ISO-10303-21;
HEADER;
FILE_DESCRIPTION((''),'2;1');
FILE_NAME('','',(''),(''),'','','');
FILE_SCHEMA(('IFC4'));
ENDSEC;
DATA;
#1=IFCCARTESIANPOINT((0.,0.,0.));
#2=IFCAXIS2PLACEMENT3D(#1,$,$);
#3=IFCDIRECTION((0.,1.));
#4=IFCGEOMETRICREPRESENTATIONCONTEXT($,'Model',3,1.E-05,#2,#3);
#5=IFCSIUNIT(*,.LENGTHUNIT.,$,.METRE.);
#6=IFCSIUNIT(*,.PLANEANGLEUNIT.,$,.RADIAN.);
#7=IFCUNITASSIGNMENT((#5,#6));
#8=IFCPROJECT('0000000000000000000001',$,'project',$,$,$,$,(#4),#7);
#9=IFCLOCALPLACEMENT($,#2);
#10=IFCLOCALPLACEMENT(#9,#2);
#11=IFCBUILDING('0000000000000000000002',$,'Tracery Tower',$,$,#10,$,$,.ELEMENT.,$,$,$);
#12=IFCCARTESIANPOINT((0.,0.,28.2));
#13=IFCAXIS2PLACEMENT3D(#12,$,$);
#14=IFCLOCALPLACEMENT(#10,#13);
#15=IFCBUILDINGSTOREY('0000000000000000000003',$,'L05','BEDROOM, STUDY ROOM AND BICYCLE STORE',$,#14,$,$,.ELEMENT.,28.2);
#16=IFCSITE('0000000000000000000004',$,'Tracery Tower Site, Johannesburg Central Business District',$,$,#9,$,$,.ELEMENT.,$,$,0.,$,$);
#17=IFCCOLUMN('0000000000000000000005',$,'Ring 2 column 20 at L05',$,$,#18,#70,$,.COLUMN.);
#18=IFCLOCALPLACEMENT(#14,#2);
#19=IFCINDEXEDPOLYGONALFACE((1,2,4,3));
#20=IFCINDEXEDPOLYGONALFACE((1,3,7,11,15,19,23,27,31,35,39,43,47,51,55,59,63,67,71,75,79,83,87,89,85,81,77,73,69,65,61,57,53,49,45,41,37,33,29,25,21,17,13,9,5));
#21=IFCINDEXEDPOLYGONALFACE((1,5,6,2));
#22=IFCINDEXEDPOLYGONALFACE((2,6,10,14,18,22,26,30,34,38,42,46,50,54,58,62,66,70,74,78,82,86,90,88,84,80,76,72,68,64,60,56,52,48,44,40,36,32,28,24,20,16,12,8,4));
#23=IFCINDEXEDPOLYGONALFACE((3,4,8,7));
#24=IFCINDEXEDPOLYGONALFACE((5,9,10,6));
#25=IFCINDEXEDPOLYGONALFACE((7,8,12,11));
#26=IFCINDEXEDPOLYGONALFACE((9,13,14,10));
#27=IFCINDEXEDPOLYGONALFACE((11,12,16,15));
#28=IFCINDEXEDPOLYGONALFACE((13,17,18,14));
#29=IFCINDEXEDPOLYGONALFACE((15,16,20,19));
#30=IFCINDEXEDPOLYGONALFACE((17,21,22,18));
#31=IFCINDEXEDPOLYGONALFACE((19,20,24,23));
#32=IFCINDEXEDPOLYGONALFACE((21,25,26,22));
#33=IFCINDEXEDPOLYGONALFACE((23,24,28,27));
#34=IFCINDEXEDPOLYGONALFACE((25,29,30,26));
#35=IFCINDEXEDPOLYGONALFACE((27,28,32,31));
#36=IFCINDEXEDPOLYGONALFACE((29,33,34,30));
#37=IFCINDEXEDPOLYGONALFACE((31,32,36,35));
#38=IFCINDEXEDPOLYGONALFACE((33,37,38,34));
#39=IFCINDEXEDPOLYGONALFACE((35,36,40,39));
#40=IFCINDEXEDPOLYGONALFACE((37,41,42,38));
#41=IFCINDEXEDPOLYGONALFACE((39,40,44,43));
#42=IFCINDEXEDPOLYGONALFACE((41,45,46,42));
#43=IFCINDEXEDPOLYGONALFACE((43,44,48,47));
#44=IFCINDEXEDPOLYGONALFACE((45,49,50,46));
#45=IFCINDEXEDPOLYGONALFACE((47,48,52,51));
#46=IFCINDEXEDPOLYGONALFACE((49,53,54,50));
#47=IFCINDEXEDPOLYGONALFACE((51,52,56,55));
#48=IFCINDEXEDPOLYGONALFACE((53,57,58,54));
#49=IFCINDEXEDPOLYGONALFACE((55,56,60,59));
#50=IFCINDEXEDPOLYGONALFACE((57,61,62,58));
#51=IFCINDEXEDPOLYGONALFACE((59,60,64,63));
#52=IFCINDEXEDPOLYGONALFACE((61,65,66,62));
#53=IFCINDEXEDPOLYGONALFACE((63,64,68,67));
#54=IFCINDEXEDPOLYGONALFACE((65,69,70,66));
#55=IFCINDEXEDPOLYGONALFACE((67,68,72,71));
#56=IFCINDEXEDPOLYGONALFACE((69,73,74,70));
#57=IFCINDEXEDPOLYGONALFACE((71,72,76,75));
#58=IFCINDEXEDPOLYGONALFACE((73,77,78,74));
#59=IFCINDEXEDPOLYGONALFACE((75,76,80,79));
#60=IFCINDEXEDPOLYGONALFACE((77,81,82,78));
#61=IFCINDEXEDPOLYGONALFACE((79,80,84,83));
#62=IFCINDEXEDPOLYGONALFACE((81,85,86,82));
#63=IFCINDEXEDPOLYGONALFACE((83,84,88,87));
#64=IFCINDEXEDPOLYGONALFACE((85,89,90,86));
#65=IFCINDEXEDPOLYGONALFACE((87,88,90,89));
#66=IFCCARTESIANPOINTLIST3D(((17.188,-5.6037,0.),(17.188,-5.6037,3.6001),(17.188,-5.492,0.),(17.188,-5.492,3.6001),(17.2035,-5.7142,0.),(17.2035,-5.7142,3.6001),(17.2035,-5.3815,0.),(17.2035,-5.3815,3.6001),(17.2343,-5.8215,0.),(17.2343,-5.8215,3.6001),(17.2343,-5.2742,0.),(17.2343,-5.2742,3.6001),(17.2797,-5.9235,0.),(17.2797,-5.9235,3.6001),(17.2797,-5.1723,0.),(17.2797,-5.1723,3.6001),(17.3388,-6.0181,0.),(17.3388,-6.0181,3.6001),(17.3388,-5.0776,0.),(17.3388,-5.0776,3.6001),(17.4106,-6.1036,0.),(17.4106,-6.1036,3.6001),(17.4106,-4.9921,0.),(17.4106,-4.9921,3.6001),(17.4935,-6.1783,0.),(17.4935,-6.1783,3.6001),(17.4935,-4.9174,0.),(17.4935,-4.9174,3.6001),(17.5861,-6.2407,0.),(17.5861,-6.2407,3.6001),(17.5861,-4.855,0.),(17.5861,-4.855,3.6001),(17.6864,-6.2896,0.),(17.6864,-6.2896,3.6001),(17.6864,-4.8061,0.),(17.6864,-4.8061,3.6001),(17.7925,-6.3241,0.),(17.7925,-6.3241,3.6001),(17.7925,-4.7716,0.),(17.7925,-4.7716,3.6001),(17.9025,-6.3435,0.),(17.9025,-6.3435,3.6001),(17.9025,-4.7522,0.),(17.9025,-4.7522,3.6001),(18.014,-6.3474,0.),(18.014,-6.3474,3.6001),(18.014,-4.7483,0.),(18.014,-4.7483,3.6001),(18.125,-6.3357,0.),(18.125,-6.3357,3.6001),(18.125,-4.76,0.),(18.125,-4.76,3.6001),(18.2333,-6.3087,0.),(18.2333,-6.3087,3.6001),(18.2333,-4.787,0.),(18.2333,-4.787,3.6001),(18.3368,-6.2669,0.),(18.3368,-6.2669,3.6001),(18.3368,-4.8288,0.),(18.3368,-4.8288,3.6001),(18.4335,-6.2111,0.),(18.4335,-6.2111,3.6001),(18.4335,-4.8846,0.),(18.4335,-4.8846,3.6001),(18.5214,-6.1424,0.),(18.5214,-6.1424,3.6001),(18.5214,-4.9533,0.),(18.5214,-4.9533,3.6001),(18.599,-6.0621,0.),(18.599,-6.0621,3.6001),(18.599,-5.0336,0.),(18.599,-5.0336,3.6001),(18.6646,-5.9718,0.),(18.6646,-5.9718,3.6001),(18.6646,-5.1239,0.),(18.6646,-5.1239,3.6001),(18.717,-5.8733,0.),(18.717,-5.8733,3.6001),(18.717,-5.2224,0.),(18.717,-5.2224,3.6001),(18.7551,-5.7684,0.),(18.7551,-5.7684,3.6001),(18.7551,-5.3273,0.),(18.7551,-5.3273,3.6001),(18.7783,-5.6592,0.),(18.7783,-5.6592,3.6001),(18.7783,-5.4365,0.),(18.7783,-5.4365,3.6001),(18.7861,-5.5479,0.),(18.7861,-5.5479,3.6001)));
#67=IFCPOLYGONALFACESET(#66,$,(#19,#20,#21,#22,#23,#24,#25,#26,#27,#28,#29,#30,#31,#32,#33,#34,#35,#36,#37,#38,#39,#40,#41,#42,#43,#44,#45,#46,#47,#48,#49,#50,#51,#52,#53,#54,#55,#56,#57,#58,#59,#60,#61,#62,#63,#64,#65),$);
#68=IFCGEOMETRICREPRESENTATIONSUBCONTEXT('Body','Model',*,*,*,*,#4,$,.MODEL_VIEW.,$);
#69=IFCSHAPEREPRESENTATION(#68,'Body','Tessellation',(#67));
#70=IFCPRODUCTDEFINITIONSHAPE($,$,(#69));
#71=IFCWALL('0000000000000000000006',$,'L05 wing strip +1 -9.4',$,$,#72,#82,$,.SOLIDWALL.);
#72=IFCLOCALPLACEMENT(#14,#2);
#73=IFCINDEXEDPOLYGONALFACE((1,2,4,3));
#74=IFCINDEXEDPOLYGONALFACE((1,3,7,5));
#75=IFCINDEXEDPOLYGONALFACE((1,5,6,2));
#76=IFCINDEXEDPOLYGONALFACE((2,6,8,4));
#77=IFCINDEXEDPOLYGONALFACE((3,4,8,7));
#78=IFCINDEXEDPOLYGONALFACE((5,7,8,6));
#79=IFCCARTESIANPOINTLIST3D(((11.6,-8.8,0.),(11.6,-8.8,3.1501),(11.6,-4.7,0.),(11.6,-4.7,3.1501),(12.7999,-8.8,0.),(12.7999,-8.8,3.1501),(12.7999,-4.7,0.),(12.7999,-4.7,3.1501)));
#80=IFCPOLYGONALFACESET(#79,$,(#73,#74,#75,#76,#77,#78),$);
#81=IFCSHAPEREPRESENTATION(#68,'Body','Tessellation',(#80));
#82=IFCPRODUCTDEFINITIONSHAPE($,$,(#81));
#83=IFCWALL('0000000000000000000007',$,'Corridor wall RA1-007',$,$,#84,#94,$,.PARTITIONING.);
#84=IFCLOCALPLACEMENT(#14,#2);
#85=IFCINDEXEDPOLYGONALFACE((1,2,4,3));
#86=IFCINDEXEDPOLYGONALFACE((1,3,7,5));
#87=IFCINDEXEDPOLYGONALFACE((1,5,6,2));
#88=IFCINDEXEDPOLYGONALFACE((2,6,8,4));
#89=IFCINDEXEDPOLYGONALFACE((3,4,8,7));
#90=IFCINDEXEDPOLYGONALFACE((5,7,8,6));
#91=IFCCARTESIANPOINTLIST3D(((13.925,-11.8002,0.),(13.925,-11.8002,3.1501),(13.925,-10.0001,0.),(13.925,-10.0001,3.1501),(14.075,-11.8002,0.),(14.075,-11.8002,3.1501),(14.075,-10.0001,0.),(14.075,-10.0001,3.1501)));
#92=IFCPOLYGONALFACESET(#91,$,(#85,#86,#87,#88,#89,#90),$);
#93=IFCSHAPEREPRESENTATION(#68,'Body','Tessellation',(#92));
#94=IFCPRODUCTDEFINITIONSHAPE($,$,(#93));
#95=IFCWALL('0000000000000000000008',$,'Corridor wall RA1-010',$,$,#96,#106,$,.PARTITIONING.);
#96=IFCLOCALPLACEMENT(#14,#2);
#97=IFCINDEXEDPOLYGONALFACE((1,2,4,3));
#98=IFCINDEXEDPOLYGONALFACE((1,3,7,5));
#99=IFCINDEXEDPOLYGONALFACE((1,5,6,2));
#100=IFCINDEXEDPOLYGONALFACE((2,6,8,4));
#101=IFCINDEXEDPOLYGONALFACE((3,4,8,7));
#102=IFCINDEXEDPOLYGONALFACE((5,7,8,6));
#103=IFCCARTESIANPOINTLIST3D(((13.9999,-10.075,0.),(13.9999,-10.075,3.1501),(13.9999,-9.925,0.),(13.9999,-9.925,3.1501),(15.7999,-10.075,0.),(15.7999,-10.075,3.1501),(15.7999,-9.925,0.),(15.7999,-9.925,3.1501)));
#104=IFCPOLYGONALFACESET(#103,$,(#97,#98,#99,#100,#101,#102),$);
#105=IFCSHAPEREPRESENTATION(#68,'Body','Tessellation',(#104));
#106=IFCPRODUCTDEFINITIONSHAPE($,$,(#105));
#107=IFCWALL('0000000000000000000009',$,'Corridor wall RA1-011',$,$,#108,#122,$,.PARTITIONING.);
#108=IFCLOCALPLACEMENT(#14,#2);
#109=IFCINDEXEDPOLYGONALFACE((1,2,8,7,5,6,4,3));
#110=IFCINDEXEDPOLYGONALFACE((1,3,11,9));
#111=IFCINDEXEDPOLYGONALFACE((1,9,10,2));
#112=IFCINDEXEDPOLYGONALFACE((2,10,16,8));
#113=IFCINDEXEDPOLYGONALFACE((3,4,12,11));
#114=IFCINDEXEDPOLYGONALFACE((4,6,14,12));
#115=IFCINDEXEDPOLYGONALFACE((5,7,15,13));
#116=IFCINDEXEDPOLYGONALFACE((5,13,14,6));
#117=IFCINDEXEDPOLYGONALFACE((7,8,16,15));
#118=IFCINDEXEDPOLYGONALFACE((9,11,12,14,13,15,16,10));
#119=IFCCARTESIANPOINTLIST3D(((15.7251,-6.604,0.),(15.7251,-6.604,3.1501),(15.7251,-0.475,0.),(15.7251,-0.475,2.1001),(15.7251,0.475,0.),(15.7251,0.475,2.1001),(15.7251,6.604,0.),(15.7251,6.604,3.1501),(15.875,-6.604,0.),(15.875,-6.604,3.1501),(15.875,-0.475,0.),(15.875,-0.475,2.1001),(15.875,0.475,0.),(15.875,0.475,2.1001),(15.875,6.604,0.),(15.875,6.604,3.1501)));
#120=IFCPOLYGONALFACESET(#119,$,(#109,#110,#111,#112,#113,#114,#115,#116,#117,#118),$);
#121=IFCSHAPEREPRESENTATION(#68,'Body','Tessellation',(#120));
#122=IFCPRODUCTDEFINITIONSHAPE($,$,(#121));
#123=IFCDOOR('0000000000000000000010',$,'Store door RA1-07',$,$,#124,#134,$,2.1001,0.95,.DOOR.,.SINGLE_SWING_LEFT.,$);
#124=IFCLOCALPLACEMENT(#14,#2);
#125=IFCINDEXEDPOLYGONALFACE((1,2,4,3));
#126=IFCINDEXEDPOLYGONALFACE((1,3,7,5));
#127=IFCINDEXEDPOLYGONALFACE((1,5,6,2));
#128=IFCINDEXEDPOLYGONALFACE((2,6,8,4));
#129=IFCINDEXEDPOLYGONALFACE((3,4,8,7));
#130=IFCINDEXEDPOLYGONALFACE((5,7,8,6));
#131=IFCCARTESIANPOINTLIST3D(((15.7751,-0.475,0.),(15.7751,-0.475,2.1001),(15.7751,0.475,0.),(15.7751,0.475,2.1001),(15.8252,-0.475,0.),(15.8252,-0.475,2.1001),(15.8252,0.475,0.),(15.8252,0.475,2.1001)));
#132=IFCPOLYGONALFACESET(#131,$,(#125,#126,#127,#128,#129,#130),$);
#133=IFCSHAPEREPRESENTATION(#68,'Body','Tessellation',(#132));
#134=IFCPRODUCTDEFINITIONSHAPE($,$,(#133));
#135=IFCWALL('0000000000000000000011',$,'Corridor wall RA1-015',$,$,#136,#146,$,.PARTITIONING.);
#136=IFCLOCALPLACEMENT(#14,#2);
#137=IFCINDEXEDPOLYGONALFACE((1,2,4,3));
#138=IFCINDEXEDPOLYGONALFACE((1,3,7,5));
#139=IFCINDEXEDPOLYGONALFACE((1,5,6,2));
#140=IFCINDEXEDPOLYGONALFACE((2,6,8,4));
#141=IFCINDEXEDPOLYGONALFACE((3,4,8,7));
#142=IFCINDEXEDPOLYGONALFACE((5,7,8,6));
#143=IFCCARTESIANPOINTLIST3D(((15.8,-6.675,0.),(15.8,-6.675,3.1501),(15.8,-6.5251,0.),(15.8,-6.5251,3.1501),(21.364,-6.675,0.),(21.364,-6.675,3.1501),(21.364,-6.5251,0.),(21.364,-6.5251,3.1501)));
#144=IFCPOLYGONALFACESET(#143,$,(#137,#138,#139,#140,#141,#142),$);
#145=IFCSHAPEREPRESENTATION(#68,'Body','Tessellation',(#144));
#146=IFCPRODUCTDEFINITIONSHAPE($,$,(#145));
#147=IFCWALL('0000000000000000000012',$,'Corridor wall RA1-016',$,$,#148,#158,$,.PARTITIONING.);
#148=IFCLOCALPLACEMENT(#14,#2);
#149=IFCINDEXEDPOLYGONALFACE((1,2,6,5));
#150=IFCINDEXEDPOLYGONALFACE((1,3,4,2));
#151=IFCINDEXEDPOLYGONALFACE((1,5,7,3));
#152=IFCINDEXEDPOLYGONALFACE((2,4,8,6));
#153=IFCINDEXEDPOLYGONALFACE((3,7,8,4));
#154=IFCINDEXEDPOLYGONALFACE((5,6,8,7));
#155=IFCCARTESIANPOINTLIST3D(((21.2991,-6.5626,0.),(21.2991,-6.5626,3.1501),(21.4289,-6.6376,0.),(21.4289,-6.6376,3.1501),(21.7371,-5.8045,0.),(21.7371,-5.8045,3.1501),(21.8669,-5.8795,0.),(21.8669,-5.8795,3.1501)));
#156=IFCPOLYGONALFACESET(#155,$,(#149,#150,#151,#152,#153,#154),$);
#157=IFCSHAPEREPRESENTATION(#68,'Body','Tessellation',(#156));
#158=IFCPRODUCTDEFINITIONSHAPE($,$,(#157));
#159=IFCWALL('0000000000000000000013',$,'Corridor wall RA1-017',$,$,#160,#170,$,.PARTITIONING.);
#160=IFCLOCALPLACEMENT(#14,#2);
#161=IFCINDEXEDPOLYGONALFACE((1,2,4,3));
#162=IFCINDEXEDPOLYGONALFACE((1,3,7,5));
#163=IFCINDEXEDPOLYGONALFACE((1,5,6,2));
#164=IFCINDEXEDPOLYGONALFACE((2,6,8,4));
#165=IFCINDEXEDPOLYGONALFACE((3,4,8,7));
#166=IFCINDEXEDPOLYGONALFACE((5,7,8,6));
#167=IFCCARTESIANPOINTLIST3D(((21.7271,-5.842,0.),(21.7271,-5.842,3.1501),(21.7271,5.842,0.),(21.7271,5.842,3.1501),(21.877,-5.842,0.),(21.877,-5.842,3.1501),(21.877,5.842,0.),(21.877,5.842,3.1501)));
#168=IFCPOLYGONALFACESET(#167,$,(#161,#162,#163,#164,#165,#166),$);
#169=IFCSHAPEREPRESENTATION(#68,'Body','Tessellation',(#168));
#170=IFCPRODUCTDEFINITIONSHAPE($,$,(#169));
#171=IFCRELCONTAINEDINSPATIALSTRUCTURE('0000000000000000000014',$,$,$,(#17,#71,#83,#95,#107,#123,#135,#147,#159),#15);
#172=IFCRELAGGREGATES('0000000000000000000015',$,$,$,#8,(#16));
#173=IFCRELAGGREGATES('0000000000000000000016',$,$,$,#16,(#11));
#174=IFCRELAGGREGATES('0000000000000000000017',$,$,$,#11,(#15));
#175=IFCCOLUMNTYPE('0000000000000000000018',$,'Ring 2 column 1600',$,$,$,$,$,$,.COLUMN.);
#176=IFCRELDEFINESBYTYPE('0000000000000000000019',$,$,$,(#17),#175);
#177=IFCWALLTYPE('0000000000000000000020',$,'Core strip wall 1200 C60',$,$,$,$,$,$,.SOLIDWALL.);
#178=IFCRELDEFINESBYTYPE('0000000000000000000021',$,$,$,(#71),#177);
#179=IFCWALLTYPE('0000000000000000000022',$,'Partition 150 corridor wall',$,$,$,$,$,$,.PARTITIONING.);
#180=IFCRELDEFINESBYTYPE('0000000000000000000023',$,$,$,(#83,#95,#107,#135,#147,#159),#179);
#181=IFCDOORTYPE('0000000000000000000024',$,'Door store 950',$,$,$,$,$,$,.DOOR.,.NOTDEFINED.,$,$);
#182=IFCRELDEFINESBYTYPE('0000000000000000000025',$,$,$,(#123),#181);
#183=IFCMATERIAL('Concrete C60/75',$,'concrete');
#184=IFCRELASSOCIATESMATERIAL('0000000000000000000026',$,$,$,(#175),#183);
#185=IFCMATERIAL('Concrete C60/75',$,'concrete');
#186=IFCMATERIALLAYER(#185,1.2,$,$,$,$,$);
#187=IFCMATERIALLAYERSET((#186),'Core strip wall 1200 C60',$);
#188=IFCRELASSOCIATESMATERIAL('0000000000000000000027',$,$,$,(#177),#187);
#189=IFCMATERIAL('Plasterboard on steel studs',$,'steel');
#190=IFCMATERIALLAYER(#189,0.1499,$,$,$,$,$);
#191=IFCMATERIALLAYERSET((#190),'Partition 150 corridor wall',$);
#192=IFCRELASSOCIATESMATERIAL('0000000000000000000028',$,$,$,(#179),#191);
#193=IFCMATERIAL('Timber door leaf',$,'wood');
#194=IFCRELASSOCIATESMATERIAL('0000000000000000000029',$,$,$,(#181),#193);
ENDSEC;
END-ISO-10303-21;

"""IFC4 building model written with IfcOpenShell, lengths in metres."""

from ifc_helpers import new_model, si_unit, direction, frame, frame_2d, origin, origin_2d, place, context, subcontext, project, spatial, rectangle, circle, extrude, material, layer, layer_set, material_profile, profile_set, type_object, element, fill, save


model = new_model("IFC4")

# Units and contexts
model_context = context("Model", 3, precision=1e-05, world=origin(), true_north=direction((0.0, 1.0)))
body_context = subcontext(model_context, "Body", "Model", "MODEL_VIEW")
ifc_project = project(units=[si_unit("LENGTHUNIT", "METRE"), si_unit("PLANEANGLEUNIT", "RADIAN")], contexts=[model_context])

# Site, building, storey
site_placement = place(None, origin())
site = spatial("IfcSite", under=ifc_project, at=site_placement, Name="Tracery Tower Site, Johannesburg Central Business District", CompositionType="ELEMENT", RefElevation=0.0)
building_placement = place(site_placement, origin())
building = spatial("IfcBuilding", under=site, at=building_placement, Name="Tracery Tower", CompositionType="ELEMENT")
storey_placement = place(building_placement, frame((0.0, 0.0, 28.2)))
storey = spatial("IfcBuildingStorey", under=building, at=storey_placement, Name="L05", Description="BEDROOM, STUDY ROOM AND BICYCLE STORE", CompositionType="ELEMENT", Elevation=28.2)

# Column
ifc_material_1 = material(Name="Concrete C60/75", Category="concrete")
ifc_material_profile = material_profile(ifc_material_1, circle(Radius=0.8, at=origin_2d()), Name="RC D1600")
ifc_profile_set = profile_set([ifc_material_profile], Name="Concrete C60/75")
column_type = type_object("IfcColumnType", Name="Ring 2 column 1600", PredefinedType="COLUMN", material=ifc_profile_set)
for number, where, z_axis, x_axis, name in (
    (1, (17.9861, -5.5479, 0.0), (0.0, 0.0, 1.0), (1.0, 0.0, 0.0), "Ring 2 column 20 at L05"),
):
    element("IfcColumn", number, at=place(storey_placement, frame(where, z_axis=z_axis, x_axis=x_axis)), inside=storey, type_object=column_type, Name=name, PredefinedType="COLUMN", context=body_context, shape_type="SweptSolid", body=[
        extrude(circle(Radius=0.8, at=origin_2d()), origin(), (0.0, 0.0, 1.0), 3.6001),
    ])

# Wall
ifc_material_2 = material(Name="Concrete C60/75", Category="concrete")
ifc_layer_1 = layer(ifc_material_2, 1.2)
ifc_layer_set_1 = layer_set([ifc_layer_1], Name="Core strip wall 1200 C60")
wall_type_1 = type_object("IfcWallType", Name="Core strip wall 1200 C60", PredefinedType="SOLIDWALL", material=ifc_layer_set_1)
wall_1_placement = place(storey_placement, frame((12.2, -8.8, 0.0), z_axis=(0.0, 0.0, 1.0), x_axis=(0.0, 1.0, 0.0)))
element("IfcWall", 2, at=wall_1_placement, inside=storey, type_object=wall_type_1, Name="L05 wing strip +1 -9.4", PredefinedType="SOLIDWALL", context=body_context, shape_type="SweptSolid", body=[
    extrude(rectangle(XDim=4.1001, YDim=1.2, at=frame_2d((2.05, 0.0))), origin(), (0.0, 0.0, 1.0), 3.1501),
])

# Walls
ifc_material_3 = material(Name="Plasterboard on steel studs", Category="steel")
ifc_layer_2 = layer(ifc_material_3, 0.1499)
ifc_layer_set_2 = layer_set([ifc_layer_2], Name="Partition 150 corridor wall")
wall_type_2 = type_object("IfcWallType", Name="Partition 150 corridor wall", PredefinedType="PARTITIONING", material=ifc_layer_set_2)
for number, where, z_axis, x_axis, name in (
    (3, (14.0, -11.8, 0.0), (0.0, 0.0, 1.0), (0.0, 1.0, 0.0), "Corridor wall RA1-007"),
    (4, (14.0, -10.0, 0.0), (0.0, 0.0, 1.0), (1.0, 0.0, 0.0), "Corridor wall RA1-010"),
):
    element("IfcWall", number, at=place(storey_placement, frame(where, z_axis=z_axis, x_axis=x_axis)), inside=storey, type_object=wall_type_2, Name=name, PredefinedType="PARTITIONING", context=body_context, shape_type="SweptSolid", body=[
        extrude(rectangle(XDim=1.8, YDim=0.1499, at=frame_2d((0.8999, 0.0))), origin(), (0.0, 0.0, 1.0), 3.1501),
    ])

# Wall, opening, door
wall_2_placement = place(storey_placement, frame((15.8, -6.604, 0.0), z_axis=(0.0, 0.0, 1.0), x_axis=(0.0, 1.0, 0.0)))
wall_2 = element("IfcWall", 5, at=wall_2_placement, inside=storey, type_object=wall_type_2, Name="Corridor wall RA1-011", PredefinedType="PARTITIONING", context=body_context, shape_type="SweptSolid", body=[
    extrude(rectangle(XDim=13.208, YDim=0.1499, at=frame_2d((6.604, 0.0))), origin(), (0.0, 0.0, 1.0), 3.1501),
])
opening_1_placement = place(wall_2_placement, frame((6.1289, 0.0, 0.0)))
opening_1 = element("IfcOpeningElement", 6, at=opening_1_placement, cuts=wall_2, PredefinedType="OPENING", context=body_context, shape_type="SweptSolid", body=[
    extrude(rectangle(XDim=0.95, YDim=2.1001, at=frame_2d((0.4751, 1.05))), frame((0.0, 0.075, 0.0), z_axis=(0.0, -1.0, 0.0), x_axis=(1.0, 0.0, 0.0)), (0.0, 0.0, 1.0), 0.1499),
])
ifc_material_4 = material(Name="Timber door leaf", Category="wood")
door_type_1 = type_object("IfcDoorType", Name="Door store 950", OperationType="NOTDEFINED", PredefinedType="DOOR", material=ifc_material_4)
door_1_placement = place(opening_1_placement, origin())
door_1 = element("IfcDoor", 7, at=door_1_placement, inside=storey, type_object=door_type_1, Name="Store door RA1-07", OperationType="SINGLE_SWING_LEFT", OverallHeight=2.1001, OverallWidth=0.95, PredefinedType="DOOR", context=body_context, shape_type="SweptSolid", body=[
    extrude(rectangle(XDim=0.95, YDim=2.1001, at=frame_2d((0.4751, 1.05))), frame((0.0, 0.0249, 0.0), z_axis=(0.0, -1.0, 0.0), x_axis=(1.0, 0.0, 0.0)), (0.0, 0.0, 1.0), 0.05),
])
fill(opening_1, door_1)

# Walls
wall_3_placement = place(storey_placement, frame((15.8, -6.6001, 0.0), z_axis=(0.0, 0.0, 1.0), x_axis=(1.0, 0.0, 0.0)))
element("IfcWall", 8, at=wall_3_placement, inside=storey, type_object=wall_type_2, Name="Corridor wall RA1-015", PredefinedType="PARTITIONING", context=body_context, shape_type="SweptSolid", body=[
    extrude(rectangle(XDim=5.564, YDim=0.1499, at=frame_2d((2.782, 0.0))), origin(), (0.0, 0.0, 1.0), 3.1501),
])
wall_4_placement = place(storey_placement, frame((21.364, -6.6001, 0.0), z_axis=(0.0, 0.0, 1.0), x_axis=(0.500278, 0.865865, 0.0)))
element("IfcWall", 9, at=wall_4_placement, inside=storey, type_object=wall_type_2, Name="Corridor wall RA1-016", PredefinedType="PARTITIONING", context=body_context, shape_type="SweptSolid", body=[
    extrude(rectangle(XDim=0.8755, YDim=0.1499, at=frame_2d((0.4377, 0.0))), origin(), (0.0, 0.0, 1.0), 3.1501),
])
wall_5_placement = place(storey_placement, frame((21.802, -5.842, 0.0), z_axis=(0.0, 0.0, 1.0), x_axis=(0.0, 1.0, 0.0)))
element("IfcWall", 10, at=wall_5_placement, inside=storey, type_object=wall_type_2, Name="Corridor wall RA1-017", PredefinedType="PARTITIONING", context=body_context, shape_type="SweptSolid", body=[
    extrude(rectangle(XDim=11.6841, YDim=0.1499, at=frame_2d((5.842, 0.0))), origin(), (0.0, 0.0, 1.0), 3.1501),
])

save(model, "model.ifc")
